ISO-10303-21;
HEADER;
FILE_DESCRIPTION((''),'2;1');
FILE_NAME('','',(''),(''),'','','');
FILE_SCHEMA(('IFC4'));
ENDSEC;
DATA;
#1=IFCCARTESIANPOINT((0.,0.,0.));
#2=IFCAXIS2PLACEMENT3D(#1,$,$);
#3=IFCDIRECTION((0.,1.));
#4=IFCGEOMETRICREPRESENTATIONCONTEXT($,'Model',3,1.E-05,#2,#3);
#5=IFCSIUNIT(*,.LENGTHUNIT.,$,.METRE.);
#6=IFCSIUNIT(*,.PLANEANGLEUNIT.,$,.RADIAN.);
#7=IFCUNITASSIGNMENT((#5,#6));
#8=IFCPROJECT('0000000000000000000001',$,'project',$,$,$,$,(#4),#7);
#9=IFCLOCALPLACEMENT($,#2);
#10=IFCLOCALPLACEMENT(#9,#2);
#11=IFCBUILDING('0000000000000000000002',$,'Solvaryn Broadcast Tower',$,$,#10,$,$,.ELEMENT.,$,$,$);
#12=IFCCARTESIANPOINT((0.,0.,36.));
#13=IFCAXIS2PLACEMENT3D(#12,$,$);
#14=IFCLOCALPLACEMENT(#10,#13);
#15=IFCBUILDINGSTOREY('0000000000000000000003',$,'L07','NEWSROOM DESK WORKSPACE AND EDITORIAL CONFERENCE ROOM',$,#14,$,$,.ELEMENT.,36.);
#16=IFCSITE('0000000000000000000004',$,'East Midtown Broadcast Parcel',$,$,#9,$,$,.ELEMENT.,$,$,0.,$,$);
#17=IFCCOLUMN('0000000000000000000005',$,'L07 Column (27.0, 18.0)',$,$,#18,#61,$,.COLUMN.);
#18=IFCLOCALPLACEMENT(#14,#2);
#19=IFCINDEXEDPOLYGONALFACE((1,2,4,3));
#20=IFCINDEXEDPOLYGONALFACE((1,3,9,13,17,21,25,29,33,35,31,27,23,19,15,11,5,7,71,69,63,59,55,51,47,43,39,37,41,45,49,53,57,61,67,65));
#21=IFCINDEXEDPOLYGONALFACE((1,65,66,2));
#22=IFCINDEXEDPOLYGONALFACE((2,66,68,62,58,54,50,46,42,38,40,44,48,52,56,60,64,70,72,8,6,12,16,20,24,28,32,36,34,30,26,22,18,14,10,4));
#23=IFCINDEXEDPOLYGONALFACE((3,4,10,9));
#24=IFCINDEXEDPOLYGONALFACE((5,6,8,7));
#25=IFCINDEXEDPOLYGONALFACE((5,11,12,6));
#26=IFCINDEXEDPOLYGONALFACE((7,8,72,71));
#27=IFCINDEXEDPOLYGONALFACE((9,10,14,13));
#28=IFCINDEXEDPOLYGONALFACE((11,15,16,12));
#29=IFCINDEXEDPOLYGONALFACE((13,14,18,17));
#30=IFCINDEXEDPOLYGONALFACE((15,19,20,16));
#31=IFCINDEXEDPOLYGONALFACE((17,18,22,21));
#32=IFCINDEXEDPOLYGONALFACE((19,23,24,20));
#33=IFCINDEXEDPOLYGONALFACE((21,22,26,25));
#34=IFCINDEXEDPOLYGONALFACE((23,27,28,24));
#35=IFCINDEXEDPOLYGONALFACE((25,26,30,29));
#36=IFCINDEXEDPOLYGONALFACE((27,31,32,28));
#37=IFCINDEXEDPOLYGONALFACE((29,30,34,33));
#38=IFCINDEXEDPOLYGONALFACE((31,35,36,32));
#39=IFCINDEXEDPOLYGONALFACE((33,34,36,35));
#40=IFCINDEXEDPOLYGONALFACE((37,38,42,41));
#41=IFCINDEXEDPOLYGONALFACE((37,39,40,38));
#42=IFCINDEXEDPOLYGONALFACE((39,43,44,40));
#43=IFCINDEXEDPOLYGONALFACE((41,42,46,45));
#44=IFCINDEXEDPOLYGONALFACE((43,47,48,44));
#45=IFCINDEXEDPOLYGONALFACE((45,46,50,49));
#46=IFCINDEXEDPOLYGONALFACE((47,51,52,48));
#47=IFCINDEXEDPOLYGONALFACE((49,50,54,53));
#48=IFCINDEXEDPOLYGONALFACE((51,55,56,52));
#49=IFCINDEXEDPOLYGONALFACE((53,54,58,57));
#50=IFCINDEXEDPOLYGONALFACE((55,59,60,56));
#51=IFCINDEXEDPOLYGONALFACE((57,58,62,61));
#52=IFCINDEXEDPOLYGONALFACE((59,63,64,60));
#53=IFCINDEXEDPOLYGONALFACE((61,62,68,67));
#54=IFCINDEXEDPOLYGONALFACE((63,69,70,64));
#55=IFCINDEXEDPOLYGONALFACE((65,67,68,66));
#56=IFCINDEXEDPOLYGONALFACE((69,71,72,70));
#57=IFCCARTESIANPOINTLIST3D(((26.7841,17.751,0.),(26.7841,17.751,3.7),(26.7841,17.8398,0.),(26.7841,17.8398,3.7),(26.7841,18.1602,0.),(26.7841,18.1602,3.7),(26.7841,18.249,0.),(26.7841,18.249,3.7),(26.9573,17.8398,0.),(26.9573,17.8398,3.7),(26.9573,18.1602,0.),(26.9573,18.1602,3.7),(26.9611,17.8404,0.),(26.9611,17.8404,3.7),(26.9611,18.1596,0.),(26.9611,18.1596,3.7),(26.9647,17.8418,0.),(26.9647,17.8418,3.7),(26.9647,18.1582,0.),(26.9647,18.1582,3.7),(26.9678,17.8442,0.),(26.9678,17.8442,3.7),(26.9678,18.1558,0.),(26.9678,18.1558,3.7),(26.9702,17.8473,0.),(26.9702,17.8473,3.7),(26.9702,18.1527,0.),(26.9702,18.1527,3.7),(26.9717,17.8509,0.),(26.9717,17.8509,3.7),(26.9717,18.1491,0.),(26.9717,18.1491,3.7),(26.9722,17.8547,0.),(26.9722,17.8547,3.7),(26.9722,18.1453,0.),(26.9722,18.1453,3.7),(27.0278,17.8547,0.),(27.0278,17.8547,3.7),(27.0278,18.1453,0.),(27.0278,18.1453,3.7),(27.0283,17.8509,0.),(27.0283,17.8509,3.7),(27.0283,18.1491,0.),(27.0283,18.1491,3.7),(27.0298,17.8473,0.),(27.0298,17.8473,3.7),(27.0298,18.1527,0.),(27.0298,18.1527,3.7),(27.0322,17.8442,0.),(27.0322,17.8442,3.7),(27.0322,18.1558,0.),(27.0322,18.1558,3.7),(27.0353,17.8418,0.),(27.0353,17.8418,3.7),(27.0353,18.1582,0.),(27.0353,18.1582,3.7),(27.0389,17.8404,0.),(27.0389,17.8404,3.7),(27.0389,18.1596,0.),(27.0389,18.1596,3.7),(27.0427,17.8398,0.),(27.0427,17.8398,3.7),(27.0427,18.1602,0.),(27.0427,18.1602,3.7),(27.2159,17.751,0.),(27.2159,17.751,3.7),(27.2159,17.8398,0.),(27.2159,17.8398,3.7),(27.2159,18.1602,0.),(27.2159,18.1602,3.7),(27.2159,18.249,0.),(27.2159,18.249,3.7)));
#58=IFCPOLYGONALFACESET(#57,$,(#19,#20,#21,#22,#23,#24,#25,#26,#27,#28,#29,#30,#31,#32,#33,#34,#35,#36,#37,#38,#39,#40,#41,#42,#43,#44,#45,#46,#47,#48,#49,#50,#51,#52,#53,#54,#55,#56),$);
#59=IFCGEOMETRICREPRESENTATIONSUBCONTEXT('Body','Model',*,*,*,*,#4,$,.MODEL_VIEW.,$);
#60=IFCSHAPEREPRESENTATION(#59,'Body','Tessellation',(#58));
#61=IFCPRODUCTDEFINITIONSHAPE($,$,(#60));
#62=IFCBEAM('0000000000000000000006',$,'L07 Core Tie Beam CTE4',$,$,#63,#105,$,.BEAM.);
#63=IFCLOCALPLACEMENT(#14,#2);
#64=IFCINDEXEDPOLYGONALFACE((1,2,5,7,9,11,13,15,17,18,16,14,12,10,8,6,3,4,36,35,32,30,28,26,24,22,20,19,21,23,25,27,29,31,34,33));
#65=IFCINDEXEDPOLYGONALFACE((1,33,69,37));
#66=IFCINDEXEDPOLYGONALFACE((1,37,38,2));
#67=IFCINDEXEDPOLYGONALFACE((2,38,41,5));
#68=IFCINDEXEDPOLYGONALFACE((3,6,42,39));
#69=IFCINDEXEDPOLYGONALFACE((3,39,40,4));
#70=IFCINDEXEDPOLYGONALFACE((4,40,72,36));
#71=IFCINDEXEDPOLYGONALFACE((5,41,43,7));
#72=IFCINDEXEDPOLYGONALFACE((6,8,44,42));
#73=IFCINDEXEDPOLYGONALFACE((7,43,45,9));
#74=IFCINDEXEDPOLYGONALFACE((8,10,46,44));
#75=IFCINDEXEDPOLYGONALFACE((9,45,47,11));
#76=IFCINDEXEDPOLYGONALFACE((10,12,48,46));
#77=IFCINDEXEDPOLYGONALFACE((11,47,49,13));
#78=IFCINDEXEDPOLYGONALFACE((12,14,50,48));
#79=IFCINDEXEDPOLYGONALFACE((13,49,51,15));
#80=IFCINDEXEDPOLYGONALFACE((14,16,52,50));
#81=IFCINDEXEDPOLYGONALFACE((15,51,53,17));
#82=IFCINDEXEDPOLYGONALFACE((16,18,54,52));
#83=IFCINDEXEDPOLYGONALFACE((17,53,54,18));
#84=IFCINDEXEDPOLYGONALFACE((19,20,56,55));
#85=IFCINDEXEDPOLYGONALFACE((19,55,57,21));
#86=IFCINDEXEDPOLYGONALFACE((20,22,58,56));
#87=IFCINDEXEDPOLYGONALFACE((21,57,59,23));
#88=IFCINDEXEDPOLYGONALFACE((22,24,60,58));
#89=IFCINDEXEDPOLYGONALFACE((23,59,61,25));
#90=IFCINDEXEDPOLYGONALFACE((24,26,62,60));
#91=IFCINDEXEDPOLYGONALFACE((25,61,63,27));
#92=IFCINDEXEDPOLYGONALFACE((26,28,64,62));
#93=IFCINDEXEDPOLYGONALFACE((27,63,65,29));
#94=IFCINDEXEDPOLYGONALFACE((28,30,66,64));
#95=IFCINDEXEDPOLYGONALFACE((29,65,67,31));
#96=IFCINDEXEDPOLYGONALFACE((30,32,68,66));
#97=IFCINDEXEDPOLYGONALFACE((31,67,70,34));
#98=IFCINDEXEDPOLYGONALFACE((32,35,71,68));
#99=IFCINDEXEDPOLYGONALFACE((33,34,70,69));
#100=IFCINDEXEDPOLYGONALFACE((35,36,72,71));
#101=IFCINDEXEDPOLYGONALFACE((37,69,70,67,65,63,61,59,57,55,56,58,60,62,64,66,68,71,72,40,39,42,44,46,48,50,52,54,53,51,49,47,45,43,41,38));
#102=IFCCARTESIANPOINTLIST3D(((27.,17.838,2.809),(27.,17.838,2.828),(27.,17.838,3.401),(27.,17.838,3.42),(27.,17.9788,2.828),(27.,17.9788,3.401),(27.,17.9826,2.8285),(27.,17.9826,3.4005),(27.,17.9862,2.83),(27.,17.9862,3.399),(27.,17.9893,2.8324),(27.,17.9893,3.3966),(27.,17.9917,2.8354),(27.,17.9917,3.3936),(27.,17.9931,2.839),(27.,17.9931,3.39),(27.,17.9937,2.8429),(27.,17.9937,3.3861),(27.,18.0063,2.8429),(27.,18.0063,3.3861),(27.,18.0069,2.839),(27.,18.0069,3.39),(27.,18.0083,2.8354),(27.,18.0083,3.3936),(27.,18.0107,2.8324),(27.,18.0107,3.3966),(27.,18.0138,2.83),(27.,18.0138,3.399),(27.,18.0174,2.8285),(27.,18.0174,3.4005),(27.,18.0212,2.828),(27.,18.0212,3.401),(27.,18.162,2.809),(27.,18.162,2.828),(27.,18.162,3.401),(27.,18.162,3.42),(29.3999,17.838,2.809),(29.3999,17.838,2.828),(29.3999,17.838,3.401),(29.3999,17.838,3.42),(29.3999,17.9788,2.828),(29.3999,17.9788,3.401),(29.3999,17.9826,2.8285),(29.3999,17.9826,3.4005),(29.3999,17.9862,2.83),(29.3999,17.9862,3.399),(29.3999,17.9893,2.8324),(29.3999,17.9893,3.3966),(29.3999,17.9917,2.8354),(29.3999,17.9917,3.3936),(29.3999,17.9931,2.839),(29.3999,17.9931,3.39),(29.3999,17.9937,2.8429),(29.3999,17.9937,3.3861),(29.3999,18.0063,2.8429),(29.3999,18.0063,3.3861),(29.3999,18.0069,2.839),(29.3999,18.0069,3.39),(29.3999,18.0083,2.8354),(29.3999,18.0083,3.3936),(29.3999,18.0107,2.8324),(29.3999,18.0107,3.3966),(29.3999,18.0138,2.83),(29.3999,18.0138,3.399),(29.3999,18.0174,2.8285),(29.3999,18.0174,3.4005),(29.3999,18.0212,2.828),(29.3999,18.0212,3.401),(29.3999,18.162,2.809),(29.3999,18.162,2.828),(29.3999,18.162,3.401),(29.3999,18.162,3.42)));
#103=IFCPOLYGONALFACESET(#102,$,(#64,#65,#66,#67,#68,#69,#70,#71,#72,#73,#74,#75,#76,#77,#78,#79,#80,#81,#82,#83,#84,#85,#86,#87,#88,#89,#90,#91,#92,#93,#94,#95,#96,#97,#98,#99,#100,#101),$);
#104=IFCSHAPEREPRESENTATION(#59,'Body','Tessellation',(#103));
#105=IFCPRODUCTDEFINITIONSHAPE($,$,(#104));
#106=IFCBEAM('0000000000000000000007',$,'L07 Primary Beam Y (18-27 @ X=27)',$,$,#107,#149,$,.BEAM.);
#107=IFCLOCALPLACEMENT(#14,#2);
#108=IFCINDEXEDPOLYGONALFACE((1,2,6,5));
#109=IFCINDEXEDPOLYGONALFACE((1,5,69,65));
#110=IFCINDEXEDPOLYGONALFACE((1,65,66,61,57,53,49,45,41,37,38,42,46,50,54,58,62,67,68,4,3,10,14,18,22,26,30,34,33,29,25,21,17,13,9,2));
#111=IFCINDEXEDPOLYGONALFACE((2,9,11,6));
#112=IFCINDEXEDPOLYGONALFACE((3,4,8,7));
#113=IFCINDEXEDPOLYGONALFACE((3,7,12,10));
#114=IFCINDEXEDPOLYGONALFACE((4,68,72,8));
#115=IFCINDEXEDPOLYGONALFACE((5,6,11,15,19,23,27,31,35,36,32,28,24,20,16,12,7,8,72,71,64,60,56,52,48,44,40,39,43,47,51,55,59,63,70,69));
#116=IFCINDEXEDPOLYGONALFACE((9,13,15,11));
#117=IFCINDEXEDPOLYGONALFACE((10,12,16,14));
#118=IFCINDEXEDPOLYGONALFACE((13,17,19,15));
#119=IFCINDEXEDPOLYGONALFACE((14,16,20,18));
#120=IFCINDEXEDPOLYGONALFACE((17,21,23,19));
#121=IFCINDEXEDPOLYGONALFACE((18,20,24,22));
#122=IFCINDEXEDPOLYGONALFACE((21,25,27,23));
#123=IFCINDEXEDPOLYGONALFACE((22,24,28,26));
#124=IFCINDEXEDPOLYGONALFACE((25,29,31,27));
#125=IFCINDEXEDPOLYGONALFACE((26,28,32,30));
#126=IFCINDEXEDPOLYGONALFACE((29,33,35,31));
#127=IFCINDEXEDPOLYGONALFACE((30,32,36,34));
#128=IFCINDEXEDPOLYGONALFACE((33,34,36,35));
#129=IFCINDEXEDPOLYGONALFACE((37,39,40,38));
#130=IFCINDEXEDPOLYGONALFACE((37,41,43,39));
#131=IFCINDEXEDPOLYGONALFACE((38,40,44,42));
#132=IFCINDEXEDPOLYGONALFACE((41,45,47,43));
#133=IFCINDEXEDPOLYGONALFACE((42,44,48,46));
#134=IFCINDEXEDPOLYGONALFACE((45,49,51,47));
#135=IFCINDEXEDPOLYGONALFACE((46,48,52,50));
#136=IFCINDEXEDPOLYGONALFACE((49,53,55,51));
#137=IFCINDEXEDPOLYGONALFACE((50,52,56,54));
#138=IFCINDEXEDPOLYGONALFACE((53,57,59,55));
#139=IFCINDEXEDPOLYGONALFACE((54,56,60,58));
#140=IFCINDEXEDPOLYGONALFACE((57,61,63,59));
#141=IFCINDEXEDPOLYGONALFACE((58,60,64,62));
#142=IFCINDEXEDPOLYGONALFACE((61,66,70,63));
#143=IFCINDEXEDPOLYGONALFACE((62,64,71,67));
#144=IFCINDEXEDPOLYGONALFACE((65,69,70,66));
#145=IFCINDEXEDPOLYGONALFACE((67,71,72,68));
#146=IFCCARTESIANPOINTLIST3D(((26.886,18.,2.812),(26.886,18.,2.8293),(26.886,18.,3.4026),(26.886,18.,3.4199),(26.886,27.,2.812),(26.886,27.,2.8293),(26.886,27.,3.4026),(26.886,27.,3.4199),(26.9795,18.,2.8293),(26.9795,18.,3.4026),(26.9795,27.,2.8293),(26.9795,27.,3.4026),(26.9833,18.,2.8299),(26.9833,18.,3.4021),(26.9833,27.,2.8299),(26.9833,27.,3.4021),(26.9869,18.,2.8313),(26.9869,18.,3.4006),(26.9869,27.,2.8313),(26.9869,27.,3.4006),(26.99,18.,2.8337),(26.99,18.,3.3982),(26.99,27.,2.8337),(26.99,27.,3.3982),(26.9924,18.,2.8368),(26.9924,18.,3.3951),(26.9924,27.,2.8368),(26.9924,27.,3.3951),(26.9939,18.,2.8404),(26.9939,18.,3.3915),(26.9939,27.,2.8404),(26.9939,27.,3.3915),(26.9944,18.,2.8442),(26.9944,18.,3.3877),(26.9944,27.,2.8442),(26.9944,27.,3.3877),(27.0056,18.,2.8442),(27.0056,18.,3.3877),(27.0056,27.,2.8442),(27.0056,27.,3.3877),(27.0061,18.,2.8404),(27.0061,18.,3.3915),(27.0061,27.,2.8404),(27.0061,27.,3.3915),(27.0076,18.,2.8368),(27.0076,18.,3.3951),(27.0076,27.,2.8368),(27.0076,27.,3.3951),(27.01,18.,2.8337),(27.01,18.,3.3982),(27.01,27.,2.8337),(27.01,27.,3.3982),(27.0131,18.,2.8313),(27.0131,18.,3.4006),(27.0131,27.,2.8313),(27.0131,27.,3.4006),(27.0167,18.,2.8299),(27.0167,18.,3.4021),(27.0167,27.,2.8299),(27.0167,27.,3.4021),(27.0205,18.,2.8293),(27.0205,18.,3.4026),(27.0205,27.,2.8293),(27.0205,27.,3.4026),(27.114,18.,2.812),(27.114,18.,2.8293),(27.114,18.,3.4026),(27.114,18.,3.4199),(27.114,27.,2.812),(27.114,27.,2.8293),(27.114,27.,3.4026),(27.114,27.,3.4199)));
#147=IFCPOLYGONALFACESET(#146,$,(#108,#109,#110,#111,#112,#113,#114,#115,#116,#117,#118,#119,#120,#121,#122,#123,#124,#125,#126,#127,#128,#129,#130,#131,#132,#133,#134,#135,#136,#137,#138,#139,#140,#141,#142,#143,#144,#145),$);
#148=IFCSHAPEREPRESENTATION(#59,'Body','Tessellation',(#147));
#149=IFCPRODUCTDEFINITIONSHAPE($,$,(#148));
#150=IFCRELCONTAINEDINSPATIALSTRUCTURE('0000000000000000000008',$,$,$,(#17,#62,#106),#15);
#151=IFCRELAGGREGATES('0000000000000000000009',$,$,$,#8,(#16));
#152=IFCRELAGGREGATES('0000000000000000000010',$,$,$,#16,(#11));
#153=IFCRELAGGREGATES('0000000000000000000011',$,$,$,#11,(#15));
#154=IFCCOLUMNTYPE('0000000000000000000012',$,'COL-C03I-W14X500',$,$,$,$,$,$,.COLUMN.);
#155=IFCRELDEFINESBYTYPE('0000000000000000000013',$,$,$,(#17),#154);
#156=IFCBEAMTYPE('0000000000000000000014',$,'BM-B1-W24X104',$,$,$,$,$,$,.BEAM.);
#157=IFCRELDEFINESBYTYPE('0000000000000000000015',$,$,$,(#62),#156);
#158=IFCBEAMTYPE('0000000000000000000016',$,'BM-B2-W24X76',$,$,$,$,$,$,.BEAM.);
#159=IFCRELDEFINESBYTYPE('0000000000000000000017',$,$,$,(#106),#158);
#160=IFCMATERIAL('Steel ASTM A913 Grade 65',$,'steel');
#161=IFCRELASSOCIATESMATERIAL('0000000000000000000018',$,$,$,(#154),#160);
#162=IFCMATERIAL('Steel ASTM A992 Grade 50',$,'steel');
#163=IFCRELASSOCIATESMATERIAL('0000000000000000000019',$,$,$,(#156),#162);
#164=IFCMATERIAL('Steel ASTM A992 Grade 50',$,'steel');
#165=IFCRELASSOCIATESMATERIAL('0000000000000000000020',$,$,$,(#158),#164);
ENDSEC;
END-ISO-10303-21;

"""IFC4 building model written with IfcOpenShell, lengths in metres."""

from ifc_helpers import new_model, si_unit, direction, frame, origin, origin_2d, place, context, subcontext, project, spatial, i_section, extrude, material, material_profile, profile_set, type_object, element, save


model = new_model("IFC4")

# Units and contexts
model_context = context("Model", 3, precision=1e-05, world=origin(), true_north=direction((0.0, 1.0)))
body_context = subcontext(model_context, "Body", "Model", "MODEL_VIEW")
ifc_project = project(units=[si_unit("LENGTHUNIT", "METRE"), si_unit("PLANEANGLEUNIT", "RADIAN")], contexts=[model_context])

# Site, building, storey
site_placement = place(None, origin())
site = spatial("IfcSite", under=ifc_project, at=site_placement, Name="East Midtown Broadcast Parcel", CompositionType="ELEMENT", RefElevation=0.0)
building_placement = place(site_placement, origin())
building = spatial("IfcBuilding", under=site, at=building_placement, Name="Solvaryn Broadcast Tower", CompositionType="ELEMENT")
storey_placement = place(building_placement, frame((0.0, 0.0, 36.0)))
storey = spatial("IfcBuildingStorey", under=building, at=storey_placement, Name="L07", Description="NEWSROOM DESK WORKSPACE AND EDITORIAL CONFERENCE ROOM", CompositionType="ELEMENT", Elevation=36.0)

# Column
ifc_material_1 = material(Name="Steel ASTM A913 Grade 65", Category="steel")
ifc_material_profile_1 = material_profile(ifc_material_1, i_section(OverallWidth=0.4319, OverallDepth=0.498, WebThickness=0.0557, FlangeThickness=0.0889, FilletRadius=0.0149, at=origin_2d()))
ifc_profile_set_1 = profile_set([ifc_material_profile_1], Name="Steel ASTM A913 Grade 65")
column_type = type_object("IfcColumnType", Name="COL-C03I-W14X500", PredefinedType="COLUMN", material=ifc_profile_set_1)
column_placement = place(storey_placement, frame((27.0, 18.0, 0.0), z_axis=(0.0, 0.0, 1.0), x_axis=(1.0, 0.0, 0.0)))
element("IfcColumn", 1, at=column_placement, inside=storey, type_object=column_type, Name="L07 Column (27.0, 18.0)", PredefinedType="COLUMN", context=body_context, shape_type="SweptSolid", body=[
    extrude(i_section(OverallWidth=0.4319, OverallDepth=0.498, WebThickness=0.0557, FlangeThickness=0.0889, FilletRadius=0.0149, at=origin_2d()), origin(), (0.0, 0.0, 1.0), 3.7),
])

# Beams
ifc_material_2 = material(Name="Steel ASTM A992 Grade 50", Category="steel")
ifc_material_profile_2 = material_profile(ifc_material_2, i_section(OverallWidth=0.324, OverallDepth=0.6111, WebThickness=0.0127, FlangeThickness=0.019, FilletRadius=0.0149, at=origin_2d()))
ifc_profile_set_2 = profile_set([ifc_material_profile_2], Name="Steel ASTM A992 Grade 50")
beam_type_1 = type_object("IfcBeamType", Name="BM-B1-W24X104", PredefinedType="BEAM", material=ifc_profile_set_2)
beam_1_placement = place(storey_placement, frame((27.0, 18.0, 3.1145), z_axis=(1.0, 0.0, 0.0), x_axis=(0.0, 1.0, 0.0)))
element("IfcBeam", 2, at=beam_1_placement, inside=storey, type_object=beam_type_1, Name="L07 Core Tie Beam CTE4", PredefinedType="BEAM", context=body_context, shape_type="SweptSolid", body=[
    extrude(i_section(OverallWidth=0.324, OverallDepth=0.6111, WebThickness=0.0127, FlangeThickness=0.019, FilletRadius=0.0149, at=origin_2d()), origin(), (0.0, 0.0, 1.0), 2.3999),
])
ifc_material_3 = material(Name="Steel ASTM A992 Grade 50", Category="steel")
ifc_material_profile_3 = material_profile(ifc_material_3, i_section(OverallWidth=0.228, OverallDepth=0.6079, WebThickness=0.0112, FlangeThickness=0.0173, FilletRadius=0.0149, at=origin_2d()))
ifc_profile_set_3 = profile_set([ifc_material_profile_3], Name="Steel ASTM A992 Grade 50")
beam_type_2 = type_object("IfcBeamType", Name="BM-B2-W24X76", PredefinedType="BEAM", material=ifc_profile_set_3)
beam_2_placement = place(storey_placement, frame((27.0, 18.0, 3.116), z_axis=(0.0, 1.0, 0.0), x_axis=(-1.0, 0.0, 0.0)))
element("IfcBeam", 3, at=beam_2_placement, inside=storey, type_object=beam_type_2, Name="L07 Primary Beam Y (18-27 @ X=27)", PredefinedType="BEAM", context=body_context, shape_type="SweptSolid", body=[
    extrude(i_section(OverallWidth=0.228, OverallDepth=0.6079, WebThickness=0.0112, FlangeThickness=0.0173, FilletRadius=0.0149, at=origin_2d()), origin(), (0.0, 0.0, 1.0), 9.0),
])

save(model, "model.ifc")
